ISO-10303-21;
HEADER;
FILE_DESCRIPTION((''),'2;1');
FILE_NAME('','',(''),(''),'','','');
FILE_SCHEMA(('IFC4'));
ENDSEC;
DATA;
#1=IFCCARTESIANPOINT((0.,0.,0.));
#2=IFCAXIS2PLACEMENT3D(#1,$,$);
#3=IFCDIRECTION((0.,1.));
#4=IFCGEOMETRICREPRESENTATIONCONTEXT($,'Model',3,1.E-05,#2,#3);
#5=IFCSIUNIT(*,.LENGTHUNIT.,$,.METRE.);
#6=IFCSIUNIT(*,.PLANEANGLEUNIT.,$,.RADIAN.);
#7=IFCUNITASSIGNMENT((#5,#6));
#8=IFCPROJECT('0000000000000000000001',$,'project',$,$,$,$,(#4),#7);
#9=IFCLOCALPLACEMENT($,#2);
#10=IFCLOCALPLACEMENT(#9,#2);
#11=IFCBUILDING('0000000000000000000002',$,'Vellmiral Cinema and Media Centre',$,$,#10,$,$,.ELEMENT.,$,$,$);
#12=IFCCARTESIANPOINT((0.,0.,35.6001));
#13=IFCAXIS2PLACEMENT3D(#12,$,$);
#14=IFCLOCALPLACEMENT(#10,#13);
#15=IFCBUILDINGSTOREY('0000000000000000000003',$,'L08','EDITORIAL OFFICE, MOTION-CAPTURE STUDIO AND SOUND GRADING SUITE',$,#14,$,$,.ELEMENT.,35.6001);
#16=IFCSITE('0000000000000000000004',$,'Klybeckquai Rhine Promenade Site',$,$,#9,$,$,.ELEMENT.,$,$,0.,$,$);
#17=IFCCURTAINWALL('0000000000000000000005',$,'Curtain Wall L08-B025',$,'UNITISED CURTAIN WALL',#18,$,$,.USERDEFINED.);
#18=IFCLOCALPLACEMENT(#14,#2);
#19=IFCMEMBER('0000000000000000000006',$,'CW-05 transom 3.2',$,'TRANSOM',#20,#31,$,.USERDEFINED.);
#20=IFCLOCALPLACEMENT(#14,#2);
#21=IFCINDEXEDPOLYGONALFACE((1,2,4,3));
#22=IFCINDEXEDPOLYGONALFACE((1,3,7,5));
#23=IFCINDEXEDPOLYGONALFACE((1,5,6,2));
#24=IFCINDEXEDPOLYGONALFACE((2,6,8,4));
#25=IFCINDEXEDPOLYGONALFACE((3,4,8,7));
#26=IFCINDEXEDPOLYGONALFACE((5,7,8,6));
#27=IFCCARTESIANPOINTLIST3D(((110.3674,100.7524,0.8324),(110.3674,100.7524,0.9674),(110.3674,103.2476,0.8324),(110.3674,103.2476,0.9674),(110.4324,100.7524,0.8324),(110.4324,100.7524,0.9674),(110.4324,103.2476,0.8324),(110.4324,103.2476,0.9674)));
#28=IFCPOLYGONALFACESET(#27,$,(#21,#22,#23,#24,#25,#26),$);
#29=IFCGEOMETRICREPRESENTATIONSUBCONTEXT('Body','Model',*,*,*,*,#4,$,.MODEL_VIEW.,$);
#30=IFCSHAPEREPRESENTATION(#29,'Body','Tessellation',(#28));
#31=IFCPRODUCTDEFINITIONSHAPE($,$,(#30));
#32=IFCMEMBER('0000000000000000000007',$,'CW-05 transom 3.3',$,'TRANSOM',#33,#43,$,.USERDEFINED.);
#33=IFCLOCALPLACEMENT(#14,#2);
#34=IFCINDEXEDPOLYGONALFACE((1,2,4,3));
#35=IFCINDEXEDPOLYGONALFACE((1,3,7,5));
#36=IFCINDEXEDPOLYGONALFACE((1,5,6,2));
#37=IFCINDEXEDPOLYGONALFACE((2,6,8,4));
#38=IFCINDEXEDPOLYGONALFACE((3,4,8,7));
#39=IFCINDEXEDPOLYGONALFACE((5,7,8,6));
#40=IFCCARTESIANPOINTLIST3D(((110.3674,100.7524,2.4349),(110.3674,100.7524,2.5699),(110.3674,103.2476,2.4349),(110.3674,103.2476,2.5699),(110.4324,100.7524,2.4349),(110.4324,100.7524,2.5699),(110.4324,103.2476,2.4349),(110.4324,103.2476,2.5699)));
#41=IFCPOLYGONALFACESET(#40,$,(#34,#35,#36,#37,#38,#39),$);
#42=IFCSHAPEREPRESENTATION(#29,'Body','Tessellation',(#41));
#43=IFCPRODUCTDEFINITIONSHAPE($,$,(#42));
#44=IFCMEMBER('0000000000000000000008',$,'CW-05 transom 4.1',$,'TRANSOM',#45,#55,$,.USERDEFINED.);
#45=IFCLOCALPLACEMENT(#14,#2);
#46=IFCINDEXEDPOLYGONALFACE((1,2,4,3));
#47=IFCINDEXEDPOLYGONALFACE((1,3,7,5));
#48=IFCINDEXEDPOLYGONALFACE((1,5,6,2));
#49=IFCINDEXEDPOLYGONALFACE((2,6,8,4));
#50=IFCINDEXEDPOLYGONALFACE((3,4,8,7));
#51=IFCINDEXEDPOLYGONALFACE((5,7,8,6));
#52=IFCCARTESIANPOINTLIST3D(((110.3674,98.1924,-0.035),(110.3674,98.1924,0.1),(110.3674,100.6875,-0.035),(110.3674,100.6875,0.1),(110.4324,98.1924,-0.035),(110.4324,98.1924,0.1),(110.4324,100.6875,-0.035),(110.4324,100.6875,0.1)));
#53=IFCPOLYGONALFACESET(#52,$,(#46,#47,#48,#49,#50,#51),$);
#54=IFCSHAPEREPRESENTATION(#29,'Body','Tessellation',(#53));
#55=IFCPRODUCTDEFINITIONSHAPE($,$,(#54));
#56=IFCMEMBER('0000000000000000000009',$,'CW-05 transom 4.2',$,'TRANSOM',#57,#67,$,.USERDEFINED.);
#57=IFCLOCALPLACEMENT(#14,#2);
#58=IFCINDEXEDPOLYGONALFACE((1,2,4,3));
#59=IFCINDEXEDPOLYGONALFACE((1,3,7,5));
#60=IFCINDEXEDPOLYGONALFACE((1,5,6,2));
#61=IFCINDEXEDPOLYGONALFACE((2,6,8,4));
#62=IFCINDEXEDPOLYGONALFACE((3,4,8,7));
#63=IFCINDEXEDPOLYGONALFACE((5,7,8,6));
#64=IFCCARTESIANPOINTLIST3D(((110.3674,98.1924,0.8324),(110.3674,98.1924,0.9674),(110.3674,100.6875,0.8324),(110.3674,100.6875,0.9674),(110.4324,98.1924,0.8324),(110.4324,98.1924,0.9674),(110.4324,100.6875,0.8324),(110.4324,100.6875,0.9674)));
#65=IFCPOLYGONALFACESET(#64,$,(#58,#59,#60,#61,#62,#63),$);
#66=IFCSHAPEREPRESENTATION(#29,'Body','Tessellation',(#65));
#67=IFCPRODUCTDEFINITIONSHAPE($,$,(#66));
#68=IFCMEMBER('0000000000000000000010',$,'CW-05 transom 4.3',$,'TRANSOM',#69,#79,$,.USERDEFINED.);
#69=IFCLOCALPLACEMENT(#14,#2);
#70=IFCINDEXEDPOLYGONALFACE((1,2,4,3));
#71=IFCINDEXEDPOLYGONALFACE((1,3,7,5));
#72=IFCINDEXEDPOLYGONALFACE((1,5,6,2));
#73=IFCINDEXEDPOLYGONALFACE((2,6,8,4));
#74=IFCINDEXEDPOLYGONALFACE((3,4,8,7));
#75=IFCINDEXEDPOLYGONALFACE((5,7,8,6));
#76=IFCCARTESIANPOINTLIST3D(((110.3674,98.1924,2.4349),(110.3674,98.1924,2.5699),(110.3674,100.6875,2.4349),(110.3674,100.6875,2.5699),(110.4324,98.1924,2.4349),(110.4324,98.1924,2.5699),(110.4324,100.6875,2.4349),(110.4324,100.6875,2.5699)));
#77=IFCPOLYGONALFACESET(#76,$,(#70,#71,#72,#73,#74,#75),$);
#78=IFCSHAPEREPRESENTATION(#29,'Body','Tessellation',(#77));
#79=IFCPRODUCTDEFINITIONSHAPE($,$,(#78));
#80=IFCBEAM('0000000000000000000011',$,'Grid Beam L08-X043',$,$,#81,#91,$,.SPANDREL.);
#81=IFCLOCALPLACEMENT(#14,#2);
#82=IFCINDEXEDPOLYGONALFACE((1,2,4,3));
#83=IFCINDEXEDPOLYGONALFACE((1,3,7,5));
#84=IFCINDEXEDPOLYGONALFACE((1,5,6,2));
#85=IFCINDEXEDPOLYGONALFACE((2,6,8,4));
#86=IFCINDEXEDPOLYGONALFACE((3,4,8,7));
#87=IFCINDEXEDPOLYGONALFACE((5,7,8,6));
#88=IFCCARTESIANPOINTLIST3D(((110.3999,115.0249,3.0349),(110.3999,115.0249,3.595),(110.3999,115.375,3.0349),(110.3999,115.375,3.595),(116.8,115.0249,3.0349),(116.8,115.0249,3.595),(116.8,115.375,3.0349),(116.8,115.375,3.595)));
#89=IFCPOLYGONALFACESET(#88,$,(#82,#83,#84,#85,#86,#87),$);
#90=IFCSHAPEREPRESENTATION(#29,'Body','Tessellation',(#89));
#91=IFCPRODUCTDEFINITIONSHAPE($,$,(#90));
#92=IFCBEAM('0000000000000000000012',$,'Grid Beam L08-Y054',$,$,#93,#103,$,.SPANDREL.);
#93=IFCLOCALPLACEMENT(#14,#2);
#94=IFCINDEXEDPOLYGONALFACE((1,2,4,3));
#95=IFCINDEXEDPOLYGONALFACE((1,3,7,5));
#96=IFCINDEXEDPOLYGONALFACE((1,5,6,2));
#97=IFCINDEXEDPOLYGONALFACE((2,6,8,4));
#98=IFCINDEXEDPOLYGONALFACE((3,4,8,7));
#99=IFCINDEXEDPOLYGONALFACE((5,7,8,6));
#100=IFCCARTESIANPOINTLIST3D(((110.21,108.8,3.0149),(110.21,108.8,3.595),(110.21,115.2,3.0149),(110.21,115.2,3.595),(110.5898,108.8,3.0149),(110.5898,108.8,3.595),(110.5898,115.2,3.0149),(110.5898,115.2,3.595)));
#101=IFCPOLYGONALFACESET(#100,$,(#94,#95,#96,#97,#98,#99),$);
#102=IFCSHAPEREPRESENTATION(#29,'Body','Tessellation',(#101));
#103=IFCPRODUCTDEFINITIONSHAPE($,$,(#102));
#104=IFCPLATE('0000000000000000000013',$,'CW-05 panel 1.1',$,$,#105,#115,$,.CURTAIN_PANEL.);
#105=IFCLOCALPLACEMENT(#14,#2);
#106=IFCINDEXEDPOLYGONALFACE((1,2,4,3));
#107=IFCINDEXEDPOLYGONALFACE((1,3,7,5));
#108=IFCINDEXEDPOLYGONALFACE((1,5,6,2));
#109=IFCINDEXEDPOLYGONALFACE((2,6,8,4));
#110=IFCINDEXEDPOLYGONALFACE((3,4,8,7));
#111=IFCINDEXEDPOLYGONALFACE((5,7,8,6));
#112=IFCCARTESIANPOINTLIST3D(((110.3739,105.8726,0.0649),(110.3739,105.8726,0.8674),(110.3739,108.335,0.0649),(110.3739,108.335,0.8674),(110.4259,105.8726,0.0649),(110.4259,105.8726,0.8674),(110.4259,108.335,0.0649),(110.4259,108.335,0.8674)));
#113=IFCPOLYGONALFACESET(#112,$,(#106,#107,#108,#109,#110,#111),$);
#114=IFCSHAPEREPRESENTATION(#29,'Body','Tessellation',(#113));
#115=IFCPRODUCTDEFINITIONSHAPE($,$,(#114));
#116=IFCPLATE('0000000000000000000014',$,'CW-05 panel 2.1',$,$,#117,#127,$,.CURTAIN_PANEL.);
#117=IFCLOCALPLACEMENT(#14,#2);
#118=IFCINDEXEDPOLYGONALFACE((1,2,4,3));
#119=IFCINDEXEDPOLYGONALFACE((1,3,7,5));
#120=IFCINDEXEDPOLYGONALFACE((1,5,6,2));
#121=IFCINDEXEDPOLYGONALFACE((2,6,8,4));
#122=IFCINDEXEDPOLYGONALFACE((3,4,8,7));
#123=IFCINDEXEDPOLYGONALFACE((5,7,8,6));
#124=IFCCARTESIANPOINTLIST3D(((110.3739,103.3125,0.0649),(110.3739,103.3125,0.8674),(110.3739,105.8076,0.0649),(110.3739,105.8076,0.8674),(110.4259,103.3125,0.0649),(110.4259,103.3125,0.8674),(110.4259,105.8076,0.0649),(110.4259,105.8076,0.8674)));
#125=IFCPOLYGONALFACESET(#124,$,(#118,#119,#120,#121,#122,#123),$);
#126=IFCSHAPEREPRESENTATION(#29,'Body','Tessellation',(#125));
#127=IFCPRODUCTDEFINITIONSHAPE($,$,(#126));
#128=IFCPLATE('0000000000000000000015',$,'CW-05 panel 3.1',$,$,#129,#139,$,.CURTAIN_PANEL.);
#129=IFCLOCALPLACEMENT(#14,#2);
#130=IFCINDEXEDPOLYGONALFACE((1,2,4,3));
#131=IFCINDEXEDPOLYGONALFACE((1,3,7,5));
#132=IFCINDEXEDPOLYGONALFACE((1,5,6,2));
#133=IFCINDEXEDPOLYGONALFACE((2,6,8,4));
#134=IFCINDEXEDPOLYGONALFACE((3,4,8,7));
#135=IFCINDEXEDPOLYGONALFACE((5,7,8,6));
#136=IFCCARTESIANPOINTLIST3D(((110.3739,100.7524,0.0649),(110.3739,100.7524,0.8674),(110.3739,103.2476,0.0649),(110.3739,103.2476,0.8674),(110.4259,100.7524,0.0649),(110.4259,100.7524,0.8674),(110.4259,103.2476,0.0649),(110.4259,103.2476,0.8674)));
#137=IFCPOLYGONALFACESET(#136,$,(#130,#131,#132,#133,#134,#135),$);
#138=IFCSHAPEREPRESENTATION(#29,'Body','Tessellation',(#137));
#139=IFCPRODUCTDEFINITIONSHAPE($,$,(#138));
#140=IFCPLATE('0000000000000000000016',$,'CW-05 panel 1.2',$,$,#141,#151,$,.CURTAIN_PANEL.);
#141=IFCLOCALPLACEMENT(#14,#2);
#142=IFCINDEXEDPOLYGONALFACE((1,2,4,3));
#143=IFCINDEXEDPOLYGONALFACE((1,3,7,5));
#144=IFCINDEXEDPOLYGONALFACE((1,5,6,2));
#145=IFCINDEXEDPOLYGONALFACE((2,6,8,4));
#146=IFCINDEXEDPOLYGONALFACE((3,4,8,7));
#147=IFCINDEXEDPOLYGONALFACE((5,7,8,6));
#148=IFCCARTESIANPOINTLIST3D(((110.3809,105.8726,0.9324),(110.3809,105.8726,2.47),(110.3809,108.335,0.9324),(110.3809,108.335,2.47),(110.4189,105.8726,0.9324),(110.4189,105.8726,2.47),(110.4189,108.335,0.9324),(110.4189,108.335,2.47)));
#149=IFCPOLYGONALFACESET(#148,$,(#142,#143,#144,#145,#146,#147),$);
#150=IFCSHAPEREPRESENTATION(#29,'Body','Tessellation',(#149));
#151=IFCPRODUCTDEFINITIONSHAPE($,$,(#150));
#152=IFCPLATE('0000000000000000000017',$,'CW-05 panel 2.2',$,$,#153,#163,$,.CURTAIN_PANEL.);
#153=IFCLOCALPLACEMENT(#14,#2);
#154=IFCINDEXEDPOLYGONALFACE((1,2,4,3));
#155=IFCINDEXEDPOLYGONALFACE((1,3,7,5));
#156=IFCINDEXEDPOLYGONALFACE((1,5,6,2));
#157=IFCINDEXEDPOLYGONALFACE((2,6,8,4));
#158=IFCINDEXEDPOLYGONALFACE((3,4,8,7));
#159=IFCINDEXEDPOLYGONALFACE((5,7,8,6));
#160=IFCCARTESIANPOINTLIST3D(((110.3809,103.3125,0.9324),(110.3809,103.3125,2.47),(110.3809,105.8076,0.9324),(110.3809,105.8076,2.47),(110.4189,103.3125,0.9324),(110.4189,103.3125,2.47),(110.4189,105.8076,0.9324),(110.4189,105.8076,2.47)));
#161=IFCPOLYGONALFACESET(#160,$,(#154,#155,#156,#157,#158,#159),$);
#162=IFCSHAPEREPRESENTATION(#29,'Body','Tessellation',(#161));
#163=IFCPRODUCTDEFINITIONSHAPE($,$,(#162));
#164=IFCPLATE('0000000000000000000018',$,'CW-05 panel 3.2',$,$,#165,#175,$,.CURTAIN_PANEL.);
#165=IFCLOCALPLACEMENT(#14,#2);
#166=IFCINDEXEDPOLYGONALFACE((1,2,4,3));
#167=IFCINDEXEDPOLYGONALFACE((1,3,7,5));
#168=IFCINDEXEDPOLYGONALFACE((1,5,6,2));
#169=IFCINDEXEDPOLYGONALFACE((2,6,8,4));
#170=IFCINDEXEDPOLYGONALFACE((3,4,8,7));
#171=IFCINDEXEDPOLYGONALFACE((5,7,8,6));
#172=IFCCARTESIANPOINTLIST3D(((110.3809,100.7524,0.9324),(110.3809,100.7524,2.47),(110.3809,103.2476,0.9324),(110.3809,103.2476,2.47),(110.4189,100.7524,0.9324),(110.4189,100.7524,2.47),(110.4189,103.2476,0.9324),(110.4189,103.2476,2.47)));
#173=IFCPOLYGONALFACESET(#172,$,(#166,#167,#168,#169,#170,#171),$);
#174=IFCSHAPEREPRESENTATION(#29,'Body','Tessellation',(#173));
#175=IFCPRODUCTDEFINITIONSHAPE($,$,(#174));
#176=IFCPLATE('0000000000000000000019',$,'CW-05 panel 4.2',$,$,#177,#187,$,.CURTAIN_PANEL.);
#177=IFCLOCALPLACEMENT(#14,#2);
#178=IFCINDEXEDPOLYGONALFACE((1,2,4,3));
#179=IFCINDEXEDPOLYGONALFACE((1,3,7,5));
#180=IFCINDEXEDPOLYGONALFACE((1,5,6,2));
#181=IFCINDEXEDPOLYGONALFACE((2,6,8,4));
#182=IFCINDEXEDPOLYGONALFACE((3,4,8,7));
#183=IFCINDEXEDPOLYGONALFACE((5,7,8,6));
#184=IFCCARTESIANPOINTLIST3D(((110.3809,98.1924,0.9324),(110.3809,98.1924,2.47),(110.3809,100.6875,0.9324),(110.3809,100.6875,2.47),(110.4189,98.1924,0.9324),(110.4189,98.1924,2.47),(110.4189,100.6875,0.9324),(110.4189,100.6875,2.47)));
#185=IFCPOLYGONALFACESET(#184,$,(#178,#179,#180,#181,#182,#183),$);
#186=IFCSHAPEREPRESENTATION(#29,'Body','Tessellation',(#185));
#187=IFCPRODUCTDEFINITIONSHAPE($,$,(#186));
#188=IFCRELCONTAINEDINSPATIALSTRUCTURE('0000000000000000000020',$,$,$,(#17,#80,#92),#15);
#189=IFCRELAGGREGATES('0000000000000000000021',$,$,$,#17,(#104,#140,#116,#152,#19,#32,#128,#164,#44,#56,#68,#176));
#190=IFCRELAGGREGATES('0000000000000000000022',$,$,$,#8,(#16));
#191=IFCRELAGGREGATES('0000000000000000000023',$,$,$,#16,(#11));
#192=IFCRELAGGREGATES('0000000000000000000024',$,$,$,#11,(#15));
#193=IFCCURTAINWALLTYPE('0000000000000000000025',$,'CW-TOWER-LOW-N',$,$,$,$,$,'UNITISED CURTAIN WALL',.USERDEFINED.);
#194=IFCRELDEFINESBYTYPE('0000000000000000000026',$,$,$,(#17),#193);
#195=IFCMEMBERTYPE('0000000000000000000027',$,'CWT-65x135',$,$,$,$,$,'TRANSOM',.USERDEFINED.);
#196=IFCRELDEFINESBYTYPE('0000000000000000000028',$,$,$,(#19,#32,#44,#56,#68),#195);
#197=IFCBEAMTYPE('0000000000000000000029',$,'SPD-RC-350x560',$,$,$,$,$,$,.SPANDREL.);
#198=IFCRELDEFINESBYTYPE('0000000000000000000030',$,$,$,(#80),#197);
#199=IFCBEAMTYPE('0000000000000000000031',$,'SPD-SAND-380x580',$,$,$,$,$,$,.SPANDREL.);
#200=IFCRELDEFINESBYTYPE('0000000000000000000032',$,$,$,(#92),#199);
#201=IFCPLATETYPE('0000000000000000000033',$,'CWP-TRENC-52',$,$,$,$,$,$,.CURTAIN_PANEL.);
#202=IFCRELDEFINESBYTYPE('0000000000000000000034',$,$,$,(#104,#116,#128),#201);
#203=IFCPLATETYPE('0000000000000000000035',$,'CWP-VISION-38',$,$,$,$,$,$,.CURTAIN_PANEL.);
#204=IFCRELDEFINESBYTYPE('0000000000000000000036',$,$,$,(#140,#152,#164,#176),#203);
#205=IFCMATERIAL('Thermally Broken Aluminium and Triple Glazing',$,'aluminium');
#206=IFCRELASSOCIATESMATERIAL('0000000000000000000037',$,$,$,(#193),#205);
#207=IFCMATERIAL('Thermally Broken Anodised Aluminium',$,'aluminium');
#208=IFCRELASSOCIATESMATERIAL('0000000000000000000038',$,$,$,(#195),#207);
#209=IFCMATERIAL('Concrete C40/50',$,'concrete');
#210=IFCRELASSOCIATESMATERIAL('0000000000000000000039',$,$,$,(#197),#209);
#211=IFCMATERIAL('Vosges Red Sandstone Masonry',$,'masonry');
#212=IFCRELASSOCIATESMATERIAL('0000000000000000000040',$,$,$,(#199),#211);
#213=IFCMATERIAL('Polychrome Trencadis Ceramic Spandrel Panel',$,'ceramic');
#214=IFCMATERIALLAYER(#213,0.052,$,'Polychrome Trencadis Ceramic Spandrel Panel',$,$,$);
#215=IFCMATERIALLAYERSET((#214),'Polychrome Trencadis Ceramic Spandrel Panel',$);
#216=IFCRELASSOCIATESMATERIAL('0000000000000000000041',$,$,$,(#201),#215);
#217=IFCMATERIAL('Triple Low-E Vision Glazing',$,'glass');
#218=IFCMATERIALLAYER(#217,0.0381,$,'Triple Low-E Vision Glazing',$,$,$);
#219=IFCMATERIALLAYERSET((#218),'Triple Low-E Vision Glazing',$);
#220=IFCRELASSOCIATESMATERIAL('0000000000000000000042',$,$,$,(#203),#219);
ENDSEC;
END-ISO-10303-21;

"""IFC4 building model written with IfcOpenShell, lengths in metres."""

from ifc_helpers import new_model, si_unit, direction, frame, origin, origin_2d, place, context, subcontext, project, spatial, rectangle, extrude, material, layer, layer_set, material_profile, profile_set, type_object, element, aggregate, save


model = new_model("IFC4")

# Units and contexts
model_context = context("Model", 3, precision=1e-05, world=origin(), true_north=direction((0.0, 1.0)))
body_context = subcontext(model_context, "Body", "Model", "MODEL_VIEW")
ifc_project = project(units=[si_unit("LENGTHUNIT", "METRE"), si_unit("PLANEANGLEUNIT", "RADIAN")], contexts=[model_context])

# Site, building, storey
site_placement = place(None, origin())
site = spatial("IfcSite", under=ifc_project, at=site_placement, Name="Klybeckquai Rhine Promenade Site", CompositionType="ELEMENT", RefElevation=0.0)
building_placement = place(site_placement, origin())
building = spatial("IfcBuilding", under=site, at=building_placement, Name="Vellmiral Cinema and Media Centre", CompositionType="ELEMENT")
storey_placement = place(building_placement, frame((0.0, 0.0, 35.6001)))
storey = spatial("IfcBuildingStorey", under=building, at=storey_placement, Name="L08", Description="EDITORIAL OFFICE, MOTION-CAPTURE STUDIO AND SOUND GRADING SUITE", CompositionType="ELEMENT", Elevation=35.6001)

# Curtain wall, members
ifc_material_1 = material(Name="Thermally Broken Aluminium and Triple Glazing", Category="aluminium")
curtain_wall_type = type_object("IfcCurtainWallType", Name="CW-TOWER-LOW-N", ElementType="UNITISED CURTAIN WALL", PredefinedType="USERDEFINED", material=ifc_material_1)
curtain_wall_placement = place(storey_placement, origin())
curtain_wall = element("IfcCurtainWall", 1, at=curtain_wall_placement, inside=storey, type_object=curtain_wall_type, Name="Curtain Wall L08-B025", ObjectType="UNITISED CURTAIN WALL", PredefinedType="USERDEFINED")
ifc_material_2 = material(Name="Thermally Broken Anodised Aluminium", Category="aluminium")
ifc_material_profile_1 = material_profile(ifc_material_2, rectangle(XDim=0.0649, YDim=0.135, at=origin_2d()), Name="MULL 65x135")
ifc_profile_set_1 = profile_set([ifc_material_profile_1], Name="Thermally Broken Anodised Aluminium")
member_type_1 = type_object("IfcMemberType", Name="CWT-65x135", ElementType="TRANSOM", PredefinedType="USERDEFINED", material=ifc_profile_set_1)
member_1_placement = place(storey_placement, frame((110.3999, 103.2476, 0.8999), z_axis=(0.0, -1.0, 0.0), x_axis=(1.0, 0.0, 0.0)))
member_1 = element("IfcMember", 2, at=member_1_placement, type_object=member_type_1, Name="CW-05 transom 3.2", ObjectType="TRANSOM", PredefinedType="USERDEFINED", context=body_context, shape_type="SweptSolid", body=[
    extrude(rectangle(XDim=0.0649, YDim=0.135, at=origin_2d()), origin(), (0.0, 0.0, 1.0), 2.4951),
])
member_2_placement = place(storey_placement, frame((110.3999, 103.2476, 2.5024), z_axis=(0.0, -1.0, 0.0), x_axis=(1.0, 0.0, 0.0)))
member_2 = element("IfcMember", 3, at=member_2_placement, type_object=member_type_1, Name="CW-05 transom 3.3", ObjectType="TRANSOM", PredefinedType="USERDEFINED", context=body_context, shape_type="SweptSolid", body=[
    extrude(rectangle(XDim=0.0649, YDim=0.135, at=origin_2d()), origin(), (0.0, 0.0, 1.0), 2.4951),
])
member_3_placement = place(storey_placement, frame((110.3999, 100.6875, 0.0325), z_axis=(0.0, -1.0, 0.0), x_axis=(1.0, 0.0, 0.0)))
member_3 = element("IfcMember", 4, at=member_3_placement, type_object=member_type_1, Name="CW-05 transom 4.1", ObjectType="TRANSOM", PredefinedType="USERDEFINED", context=body_context, shape_type="SweptSolid", body=[
    extrude(rectangle(XDim=0.0649, YDim=0.135, at=origin_2d()), origin(), (0.0, 0.0, 1.0), 2.4951),
])
member_4_placement = place(storey_placement, frame((110.3999, 100.6875, 0.8999), z_axis=(0.0, -1.0, 0.0), x_axis=(1.0, 0.0, 0.0)))
member_4 = element("IfcMember", 5, at=member_4_placement, type_object=member_type_1, Name="CW-05 transom 4.2", ObjectType="TRANSOM", PredefinedType="USERDEFINED", context=body_context, shape_type="SweptSolid", body=[
    extrude(rectangle(XDim=0.0649, YDim=0.135, at=origin_2d()), origin(), (0.0, 0.0, 1.0), 2.4951),
])
member_5_placement = place(storey_placement, frame((110.3999, 100.6875, 2.5024), z_axis=(0.0, -1.0, 0.0), x_axis=(1.0, 0.0, 0.0)))
member_5 = element("IfcMember", 6, at=member_5_placement, type_object=member_type_1, Name="CW-05 transom 4.3", ObjectType="TRANSOM", PredefinedType="USERDEFINED", context=body_context, shape_type="SweptSolid", body=[
    extrude(rectangle(XDim=0.0649, YDim=0.135, at=origin_2d()), origin(), (0.0, 0.0, 1.0), 2.4951),
])

# Beams
ifc_material_3 = material(Name="Concrete C40/50", Category="concrete")
ifc_material_profile_2 = material_profile(ifc_material_3, rectangle(XDim=0.3501, YDim=0.5601, at=origin_2d()), Name="RC 350x560")
ifc_profile_set_2 = profile_set([ifc_material_profile_2], Name="Concrete C40/50")
beam_type_1 = type_object("IfcBeamType", Name="SPD-RC-350x560", PredefinedType="SPANDREL", material=ifc_profile_set_2)
beam_1_placement = place(storey_placement, frame((110.3999, 115.2, 3.3149), z_axis=(1.0, 0.0, 0.0), x_axis=(0.0, 1.0, 0.0)))
element("IfcBeam", 7, at=beam_1_placement, inside=storey, type_object=beam_type_1, Name="Grid Beam L08-X043", PredefinedType="SPANDREL", context=body_context, shape_type="SweptSolid", body=[
    extrude(rectangle(XDim=0.3501, YDim=0.5601, at=origin_2d()), origin(), (0.0, 0.0, 1.0), 6.4001),
])
ifc_material_4 = material(Name="Vosges Red Sandstone Masonry", Category="masonry")
ifc_material_profile_3 = material_profile(ifc_material_4, rectangle(XDim=0.3799, YDim=0.5801, at=origin_2d()), Name="SAND 380x580")
ifc_profile_set_3 = profile_set([ifc_material_profile_3], Name="Vosges Red Sandstone Masonry")
beam_type_2 = type_object("IfcBeamType", Name="SPD-SAND-380x580", PredefinedType="SPANDREL", material=ifc_profile_set_3)
beam_2_placement = place(storey_placement, frame((110.3999, 108.8, 3.3049), z_axis=(0.0, 1.0, 0.0), x_axis=(-1.0, 0.0, 0.0)))
element("IfcBeam", 8, at=beam_2_placement, inside=storey, type_object=beam_type_2, Name="Grid Beam L08-Y054", PredefinedType="SPANDREL", context=body_context, shape_type="SweptSolid", body=[
    extrude(rectangle(XDim=0.3799, YDim=0.5801, at=origin_2d()), origin(), (0.0, 0.0, 1.0), 6.3999),
])

# Plates
ifc_material_5 = material(Name="Polychrome Trencadis Ceramic Spandrel Panel", Category="ceramic")
ifc_layer_1 = layer(ifc_material_5, 0.052, Name="Polychrome Trencadis Ceramic Spandrel Panel")
ifc_layer_set_1 = layer_set([ifc_layer_1], Name="Polychrome Trencadis Ceramic Spandrel Panel")
plate_type_1 = type_object("IfcPlateType", Name="CWP-TRENC-52", PredefinedType="CURTAIN_PANEL", material=ifc_layer_set_1)
plate_1_placement = place(storey_placement, frame((110.3999, 107.1038, 0.0649), z_axis=(0.0, 0.0, 1.0), x_axis=(0.0, -1.0, 0.0)))
plate_1 = element("IfcPlate", 9, at=plate_1_placement, type_object=plate_type_1, Name="CW-05 panel 1.1", PredefinedType="CURTAIN_PANEL", context=body_context, shape_type="SweptSolid", body=[
    extrude(rectangle(XDim=2.4624, YDim=0.052, at=origin_2d()), origin(), (0.0, 0.0, 1.0), 0.8025),
])
plate_2_placement = place(storey_placement, frame((110.3999, 104.5601, 0.0649), z_axis=(0.0, 0.0, 1.0), x_axis=(0.0, -1.0, 0.0)))
plate_2 = element("IfcPlate", 10, at=plate_2_placement, type_object=plate_type_1, Name="CW-05 panel 2.1", PredefinedType="CURTAIN_PANEL", context=body_context, shape_type="SweptSolid", body=[
    extrude(rectangle(XDim=2.4951, YDim=0.052, at=origin_2d()), origin(), (0.0, 0.0, 1.0), 0.8025),
])
plate_3_placement = place(storey_placement, frame((110.3999, 102.0, 0.0649), z_axis=(0.0, 0.0, 1.0), x_axis=(0.0, -1.0, 0.0)))
plate_3 = element("IfcPlate", 11, at=plate_3_placement, type_object=plate_type_1, Name="CW-05 panel 3.1", PredefinedType="CURTAIN_PANEL", context=body_context, shape_type="SweptSolid", body=[
    extrude(rectangle(XDim=2.4951, YDim=0.052, at=origin_2d()), origin(), (0.0, 0.0, 1.0), 0.8025),
])
ifc_material_6 = material(Name="Triple Low-E Vision Glazing", Category="glass")
ifc_layer_2 = layer(ifc_material_6, 0.0381, Name="Triple Low-E Vision Glazing")
ifc_layer_set_2 = layer_set([ifc_layer_2], Name="Triple Low-E Vision Glazing")
plate_type_2 = type_object("IfcPlateType", Name="CWP-VISION-38", PredefinedType="CURTAIN_PANEL", material=ifc_layer_set_2)
plate_4_placement = place(storey_placement, frame((110.3999, 107.1038, 0.9324), z_axis=(0.0, 0.0, 1.0), x_axis=(0.0, -1.0, 0.0)))
plate_4 = element("IfcPlate", 12, at=plate_4_placement, type_object=plate_type_2, Name="CW-05 panel 1.2", PredefinedType="CURTAIN_PANEL", context=body_context, shape_type="SweptSolid", body=[
    extrude(rectangle(XDim=2.4624, YDim=0.0381, at=origin_2d()), origin(), (0.0, 0.0, 1.0), 1.5376),
])
plate_5_placement = place(storey_placement, frame((110.3999, 104.5601, 0.9324), z_axis=(0.0, 0.0, 1.0), x_axis=(0.0, -1.0, 0.0)))
plate_5 = element("IfcPlate", 13, at=plate_5_placement, type_object=plate_type_2, Name="CW-05 panel 2.2", PredefinedType="CURTAIN_PANEL", context=body_context, shape_type="SweptSolid", body=[
    extrude(rectangle(XDim=2.4951, YDim=0.0381, at=origin_2d()), origin(), (0.0, 0.0, 1.0), 1.5376),
])
plate_6_placement = place(storey_placement, frame((110.3999, 102.0, 0.9324), z_axis=(0.0, 0.0, 1.0), x_axis=(0.0, -1.0, 0.0)))
plate_6 = element("IfcPlate", 14, at=plate_6_placement, type_object=plate_type_2, Name="CW-05 panel 3.2", PredefinedType="CURTAIN_PANEL", context=body_context, shape_type="SweptSolid", body=[
    extrude(rectangle(XDim=2.4951, YDim=0.0381, at=origin_2d()), origin(), (0.0, 0.0, 1.0), 1.5376),
])
plate_7_placement = place(storey_placement, frame((110.3999, 99.4399, 0.9324), z_axis=(0.0, 0.0, 1.0), x_axis=(0.0, -1.0, 0.0)))
plate_7 = element("IfcPlate", 15, at=plate_7_placement, type_object=plate_type_2, Name="CW-05 panel 4.2", PredefinedType="CURTAIN_PANEL", context=body_context, shape_type="SweptSolid", body=[
    extrude(rectangle(XDim=2.4951, YDim=0.0381, at=origin_2d()), origin(), (0.0, 0.0, 1.0), 1.5376),
])
aggregate(curtain_wall, [plate_1, plate_4, plate_2, plate_5, member_1, member_2, plate_3, plate_6, member_3, member_4, member_5, plate_7])

save(model, "model.ifc")
